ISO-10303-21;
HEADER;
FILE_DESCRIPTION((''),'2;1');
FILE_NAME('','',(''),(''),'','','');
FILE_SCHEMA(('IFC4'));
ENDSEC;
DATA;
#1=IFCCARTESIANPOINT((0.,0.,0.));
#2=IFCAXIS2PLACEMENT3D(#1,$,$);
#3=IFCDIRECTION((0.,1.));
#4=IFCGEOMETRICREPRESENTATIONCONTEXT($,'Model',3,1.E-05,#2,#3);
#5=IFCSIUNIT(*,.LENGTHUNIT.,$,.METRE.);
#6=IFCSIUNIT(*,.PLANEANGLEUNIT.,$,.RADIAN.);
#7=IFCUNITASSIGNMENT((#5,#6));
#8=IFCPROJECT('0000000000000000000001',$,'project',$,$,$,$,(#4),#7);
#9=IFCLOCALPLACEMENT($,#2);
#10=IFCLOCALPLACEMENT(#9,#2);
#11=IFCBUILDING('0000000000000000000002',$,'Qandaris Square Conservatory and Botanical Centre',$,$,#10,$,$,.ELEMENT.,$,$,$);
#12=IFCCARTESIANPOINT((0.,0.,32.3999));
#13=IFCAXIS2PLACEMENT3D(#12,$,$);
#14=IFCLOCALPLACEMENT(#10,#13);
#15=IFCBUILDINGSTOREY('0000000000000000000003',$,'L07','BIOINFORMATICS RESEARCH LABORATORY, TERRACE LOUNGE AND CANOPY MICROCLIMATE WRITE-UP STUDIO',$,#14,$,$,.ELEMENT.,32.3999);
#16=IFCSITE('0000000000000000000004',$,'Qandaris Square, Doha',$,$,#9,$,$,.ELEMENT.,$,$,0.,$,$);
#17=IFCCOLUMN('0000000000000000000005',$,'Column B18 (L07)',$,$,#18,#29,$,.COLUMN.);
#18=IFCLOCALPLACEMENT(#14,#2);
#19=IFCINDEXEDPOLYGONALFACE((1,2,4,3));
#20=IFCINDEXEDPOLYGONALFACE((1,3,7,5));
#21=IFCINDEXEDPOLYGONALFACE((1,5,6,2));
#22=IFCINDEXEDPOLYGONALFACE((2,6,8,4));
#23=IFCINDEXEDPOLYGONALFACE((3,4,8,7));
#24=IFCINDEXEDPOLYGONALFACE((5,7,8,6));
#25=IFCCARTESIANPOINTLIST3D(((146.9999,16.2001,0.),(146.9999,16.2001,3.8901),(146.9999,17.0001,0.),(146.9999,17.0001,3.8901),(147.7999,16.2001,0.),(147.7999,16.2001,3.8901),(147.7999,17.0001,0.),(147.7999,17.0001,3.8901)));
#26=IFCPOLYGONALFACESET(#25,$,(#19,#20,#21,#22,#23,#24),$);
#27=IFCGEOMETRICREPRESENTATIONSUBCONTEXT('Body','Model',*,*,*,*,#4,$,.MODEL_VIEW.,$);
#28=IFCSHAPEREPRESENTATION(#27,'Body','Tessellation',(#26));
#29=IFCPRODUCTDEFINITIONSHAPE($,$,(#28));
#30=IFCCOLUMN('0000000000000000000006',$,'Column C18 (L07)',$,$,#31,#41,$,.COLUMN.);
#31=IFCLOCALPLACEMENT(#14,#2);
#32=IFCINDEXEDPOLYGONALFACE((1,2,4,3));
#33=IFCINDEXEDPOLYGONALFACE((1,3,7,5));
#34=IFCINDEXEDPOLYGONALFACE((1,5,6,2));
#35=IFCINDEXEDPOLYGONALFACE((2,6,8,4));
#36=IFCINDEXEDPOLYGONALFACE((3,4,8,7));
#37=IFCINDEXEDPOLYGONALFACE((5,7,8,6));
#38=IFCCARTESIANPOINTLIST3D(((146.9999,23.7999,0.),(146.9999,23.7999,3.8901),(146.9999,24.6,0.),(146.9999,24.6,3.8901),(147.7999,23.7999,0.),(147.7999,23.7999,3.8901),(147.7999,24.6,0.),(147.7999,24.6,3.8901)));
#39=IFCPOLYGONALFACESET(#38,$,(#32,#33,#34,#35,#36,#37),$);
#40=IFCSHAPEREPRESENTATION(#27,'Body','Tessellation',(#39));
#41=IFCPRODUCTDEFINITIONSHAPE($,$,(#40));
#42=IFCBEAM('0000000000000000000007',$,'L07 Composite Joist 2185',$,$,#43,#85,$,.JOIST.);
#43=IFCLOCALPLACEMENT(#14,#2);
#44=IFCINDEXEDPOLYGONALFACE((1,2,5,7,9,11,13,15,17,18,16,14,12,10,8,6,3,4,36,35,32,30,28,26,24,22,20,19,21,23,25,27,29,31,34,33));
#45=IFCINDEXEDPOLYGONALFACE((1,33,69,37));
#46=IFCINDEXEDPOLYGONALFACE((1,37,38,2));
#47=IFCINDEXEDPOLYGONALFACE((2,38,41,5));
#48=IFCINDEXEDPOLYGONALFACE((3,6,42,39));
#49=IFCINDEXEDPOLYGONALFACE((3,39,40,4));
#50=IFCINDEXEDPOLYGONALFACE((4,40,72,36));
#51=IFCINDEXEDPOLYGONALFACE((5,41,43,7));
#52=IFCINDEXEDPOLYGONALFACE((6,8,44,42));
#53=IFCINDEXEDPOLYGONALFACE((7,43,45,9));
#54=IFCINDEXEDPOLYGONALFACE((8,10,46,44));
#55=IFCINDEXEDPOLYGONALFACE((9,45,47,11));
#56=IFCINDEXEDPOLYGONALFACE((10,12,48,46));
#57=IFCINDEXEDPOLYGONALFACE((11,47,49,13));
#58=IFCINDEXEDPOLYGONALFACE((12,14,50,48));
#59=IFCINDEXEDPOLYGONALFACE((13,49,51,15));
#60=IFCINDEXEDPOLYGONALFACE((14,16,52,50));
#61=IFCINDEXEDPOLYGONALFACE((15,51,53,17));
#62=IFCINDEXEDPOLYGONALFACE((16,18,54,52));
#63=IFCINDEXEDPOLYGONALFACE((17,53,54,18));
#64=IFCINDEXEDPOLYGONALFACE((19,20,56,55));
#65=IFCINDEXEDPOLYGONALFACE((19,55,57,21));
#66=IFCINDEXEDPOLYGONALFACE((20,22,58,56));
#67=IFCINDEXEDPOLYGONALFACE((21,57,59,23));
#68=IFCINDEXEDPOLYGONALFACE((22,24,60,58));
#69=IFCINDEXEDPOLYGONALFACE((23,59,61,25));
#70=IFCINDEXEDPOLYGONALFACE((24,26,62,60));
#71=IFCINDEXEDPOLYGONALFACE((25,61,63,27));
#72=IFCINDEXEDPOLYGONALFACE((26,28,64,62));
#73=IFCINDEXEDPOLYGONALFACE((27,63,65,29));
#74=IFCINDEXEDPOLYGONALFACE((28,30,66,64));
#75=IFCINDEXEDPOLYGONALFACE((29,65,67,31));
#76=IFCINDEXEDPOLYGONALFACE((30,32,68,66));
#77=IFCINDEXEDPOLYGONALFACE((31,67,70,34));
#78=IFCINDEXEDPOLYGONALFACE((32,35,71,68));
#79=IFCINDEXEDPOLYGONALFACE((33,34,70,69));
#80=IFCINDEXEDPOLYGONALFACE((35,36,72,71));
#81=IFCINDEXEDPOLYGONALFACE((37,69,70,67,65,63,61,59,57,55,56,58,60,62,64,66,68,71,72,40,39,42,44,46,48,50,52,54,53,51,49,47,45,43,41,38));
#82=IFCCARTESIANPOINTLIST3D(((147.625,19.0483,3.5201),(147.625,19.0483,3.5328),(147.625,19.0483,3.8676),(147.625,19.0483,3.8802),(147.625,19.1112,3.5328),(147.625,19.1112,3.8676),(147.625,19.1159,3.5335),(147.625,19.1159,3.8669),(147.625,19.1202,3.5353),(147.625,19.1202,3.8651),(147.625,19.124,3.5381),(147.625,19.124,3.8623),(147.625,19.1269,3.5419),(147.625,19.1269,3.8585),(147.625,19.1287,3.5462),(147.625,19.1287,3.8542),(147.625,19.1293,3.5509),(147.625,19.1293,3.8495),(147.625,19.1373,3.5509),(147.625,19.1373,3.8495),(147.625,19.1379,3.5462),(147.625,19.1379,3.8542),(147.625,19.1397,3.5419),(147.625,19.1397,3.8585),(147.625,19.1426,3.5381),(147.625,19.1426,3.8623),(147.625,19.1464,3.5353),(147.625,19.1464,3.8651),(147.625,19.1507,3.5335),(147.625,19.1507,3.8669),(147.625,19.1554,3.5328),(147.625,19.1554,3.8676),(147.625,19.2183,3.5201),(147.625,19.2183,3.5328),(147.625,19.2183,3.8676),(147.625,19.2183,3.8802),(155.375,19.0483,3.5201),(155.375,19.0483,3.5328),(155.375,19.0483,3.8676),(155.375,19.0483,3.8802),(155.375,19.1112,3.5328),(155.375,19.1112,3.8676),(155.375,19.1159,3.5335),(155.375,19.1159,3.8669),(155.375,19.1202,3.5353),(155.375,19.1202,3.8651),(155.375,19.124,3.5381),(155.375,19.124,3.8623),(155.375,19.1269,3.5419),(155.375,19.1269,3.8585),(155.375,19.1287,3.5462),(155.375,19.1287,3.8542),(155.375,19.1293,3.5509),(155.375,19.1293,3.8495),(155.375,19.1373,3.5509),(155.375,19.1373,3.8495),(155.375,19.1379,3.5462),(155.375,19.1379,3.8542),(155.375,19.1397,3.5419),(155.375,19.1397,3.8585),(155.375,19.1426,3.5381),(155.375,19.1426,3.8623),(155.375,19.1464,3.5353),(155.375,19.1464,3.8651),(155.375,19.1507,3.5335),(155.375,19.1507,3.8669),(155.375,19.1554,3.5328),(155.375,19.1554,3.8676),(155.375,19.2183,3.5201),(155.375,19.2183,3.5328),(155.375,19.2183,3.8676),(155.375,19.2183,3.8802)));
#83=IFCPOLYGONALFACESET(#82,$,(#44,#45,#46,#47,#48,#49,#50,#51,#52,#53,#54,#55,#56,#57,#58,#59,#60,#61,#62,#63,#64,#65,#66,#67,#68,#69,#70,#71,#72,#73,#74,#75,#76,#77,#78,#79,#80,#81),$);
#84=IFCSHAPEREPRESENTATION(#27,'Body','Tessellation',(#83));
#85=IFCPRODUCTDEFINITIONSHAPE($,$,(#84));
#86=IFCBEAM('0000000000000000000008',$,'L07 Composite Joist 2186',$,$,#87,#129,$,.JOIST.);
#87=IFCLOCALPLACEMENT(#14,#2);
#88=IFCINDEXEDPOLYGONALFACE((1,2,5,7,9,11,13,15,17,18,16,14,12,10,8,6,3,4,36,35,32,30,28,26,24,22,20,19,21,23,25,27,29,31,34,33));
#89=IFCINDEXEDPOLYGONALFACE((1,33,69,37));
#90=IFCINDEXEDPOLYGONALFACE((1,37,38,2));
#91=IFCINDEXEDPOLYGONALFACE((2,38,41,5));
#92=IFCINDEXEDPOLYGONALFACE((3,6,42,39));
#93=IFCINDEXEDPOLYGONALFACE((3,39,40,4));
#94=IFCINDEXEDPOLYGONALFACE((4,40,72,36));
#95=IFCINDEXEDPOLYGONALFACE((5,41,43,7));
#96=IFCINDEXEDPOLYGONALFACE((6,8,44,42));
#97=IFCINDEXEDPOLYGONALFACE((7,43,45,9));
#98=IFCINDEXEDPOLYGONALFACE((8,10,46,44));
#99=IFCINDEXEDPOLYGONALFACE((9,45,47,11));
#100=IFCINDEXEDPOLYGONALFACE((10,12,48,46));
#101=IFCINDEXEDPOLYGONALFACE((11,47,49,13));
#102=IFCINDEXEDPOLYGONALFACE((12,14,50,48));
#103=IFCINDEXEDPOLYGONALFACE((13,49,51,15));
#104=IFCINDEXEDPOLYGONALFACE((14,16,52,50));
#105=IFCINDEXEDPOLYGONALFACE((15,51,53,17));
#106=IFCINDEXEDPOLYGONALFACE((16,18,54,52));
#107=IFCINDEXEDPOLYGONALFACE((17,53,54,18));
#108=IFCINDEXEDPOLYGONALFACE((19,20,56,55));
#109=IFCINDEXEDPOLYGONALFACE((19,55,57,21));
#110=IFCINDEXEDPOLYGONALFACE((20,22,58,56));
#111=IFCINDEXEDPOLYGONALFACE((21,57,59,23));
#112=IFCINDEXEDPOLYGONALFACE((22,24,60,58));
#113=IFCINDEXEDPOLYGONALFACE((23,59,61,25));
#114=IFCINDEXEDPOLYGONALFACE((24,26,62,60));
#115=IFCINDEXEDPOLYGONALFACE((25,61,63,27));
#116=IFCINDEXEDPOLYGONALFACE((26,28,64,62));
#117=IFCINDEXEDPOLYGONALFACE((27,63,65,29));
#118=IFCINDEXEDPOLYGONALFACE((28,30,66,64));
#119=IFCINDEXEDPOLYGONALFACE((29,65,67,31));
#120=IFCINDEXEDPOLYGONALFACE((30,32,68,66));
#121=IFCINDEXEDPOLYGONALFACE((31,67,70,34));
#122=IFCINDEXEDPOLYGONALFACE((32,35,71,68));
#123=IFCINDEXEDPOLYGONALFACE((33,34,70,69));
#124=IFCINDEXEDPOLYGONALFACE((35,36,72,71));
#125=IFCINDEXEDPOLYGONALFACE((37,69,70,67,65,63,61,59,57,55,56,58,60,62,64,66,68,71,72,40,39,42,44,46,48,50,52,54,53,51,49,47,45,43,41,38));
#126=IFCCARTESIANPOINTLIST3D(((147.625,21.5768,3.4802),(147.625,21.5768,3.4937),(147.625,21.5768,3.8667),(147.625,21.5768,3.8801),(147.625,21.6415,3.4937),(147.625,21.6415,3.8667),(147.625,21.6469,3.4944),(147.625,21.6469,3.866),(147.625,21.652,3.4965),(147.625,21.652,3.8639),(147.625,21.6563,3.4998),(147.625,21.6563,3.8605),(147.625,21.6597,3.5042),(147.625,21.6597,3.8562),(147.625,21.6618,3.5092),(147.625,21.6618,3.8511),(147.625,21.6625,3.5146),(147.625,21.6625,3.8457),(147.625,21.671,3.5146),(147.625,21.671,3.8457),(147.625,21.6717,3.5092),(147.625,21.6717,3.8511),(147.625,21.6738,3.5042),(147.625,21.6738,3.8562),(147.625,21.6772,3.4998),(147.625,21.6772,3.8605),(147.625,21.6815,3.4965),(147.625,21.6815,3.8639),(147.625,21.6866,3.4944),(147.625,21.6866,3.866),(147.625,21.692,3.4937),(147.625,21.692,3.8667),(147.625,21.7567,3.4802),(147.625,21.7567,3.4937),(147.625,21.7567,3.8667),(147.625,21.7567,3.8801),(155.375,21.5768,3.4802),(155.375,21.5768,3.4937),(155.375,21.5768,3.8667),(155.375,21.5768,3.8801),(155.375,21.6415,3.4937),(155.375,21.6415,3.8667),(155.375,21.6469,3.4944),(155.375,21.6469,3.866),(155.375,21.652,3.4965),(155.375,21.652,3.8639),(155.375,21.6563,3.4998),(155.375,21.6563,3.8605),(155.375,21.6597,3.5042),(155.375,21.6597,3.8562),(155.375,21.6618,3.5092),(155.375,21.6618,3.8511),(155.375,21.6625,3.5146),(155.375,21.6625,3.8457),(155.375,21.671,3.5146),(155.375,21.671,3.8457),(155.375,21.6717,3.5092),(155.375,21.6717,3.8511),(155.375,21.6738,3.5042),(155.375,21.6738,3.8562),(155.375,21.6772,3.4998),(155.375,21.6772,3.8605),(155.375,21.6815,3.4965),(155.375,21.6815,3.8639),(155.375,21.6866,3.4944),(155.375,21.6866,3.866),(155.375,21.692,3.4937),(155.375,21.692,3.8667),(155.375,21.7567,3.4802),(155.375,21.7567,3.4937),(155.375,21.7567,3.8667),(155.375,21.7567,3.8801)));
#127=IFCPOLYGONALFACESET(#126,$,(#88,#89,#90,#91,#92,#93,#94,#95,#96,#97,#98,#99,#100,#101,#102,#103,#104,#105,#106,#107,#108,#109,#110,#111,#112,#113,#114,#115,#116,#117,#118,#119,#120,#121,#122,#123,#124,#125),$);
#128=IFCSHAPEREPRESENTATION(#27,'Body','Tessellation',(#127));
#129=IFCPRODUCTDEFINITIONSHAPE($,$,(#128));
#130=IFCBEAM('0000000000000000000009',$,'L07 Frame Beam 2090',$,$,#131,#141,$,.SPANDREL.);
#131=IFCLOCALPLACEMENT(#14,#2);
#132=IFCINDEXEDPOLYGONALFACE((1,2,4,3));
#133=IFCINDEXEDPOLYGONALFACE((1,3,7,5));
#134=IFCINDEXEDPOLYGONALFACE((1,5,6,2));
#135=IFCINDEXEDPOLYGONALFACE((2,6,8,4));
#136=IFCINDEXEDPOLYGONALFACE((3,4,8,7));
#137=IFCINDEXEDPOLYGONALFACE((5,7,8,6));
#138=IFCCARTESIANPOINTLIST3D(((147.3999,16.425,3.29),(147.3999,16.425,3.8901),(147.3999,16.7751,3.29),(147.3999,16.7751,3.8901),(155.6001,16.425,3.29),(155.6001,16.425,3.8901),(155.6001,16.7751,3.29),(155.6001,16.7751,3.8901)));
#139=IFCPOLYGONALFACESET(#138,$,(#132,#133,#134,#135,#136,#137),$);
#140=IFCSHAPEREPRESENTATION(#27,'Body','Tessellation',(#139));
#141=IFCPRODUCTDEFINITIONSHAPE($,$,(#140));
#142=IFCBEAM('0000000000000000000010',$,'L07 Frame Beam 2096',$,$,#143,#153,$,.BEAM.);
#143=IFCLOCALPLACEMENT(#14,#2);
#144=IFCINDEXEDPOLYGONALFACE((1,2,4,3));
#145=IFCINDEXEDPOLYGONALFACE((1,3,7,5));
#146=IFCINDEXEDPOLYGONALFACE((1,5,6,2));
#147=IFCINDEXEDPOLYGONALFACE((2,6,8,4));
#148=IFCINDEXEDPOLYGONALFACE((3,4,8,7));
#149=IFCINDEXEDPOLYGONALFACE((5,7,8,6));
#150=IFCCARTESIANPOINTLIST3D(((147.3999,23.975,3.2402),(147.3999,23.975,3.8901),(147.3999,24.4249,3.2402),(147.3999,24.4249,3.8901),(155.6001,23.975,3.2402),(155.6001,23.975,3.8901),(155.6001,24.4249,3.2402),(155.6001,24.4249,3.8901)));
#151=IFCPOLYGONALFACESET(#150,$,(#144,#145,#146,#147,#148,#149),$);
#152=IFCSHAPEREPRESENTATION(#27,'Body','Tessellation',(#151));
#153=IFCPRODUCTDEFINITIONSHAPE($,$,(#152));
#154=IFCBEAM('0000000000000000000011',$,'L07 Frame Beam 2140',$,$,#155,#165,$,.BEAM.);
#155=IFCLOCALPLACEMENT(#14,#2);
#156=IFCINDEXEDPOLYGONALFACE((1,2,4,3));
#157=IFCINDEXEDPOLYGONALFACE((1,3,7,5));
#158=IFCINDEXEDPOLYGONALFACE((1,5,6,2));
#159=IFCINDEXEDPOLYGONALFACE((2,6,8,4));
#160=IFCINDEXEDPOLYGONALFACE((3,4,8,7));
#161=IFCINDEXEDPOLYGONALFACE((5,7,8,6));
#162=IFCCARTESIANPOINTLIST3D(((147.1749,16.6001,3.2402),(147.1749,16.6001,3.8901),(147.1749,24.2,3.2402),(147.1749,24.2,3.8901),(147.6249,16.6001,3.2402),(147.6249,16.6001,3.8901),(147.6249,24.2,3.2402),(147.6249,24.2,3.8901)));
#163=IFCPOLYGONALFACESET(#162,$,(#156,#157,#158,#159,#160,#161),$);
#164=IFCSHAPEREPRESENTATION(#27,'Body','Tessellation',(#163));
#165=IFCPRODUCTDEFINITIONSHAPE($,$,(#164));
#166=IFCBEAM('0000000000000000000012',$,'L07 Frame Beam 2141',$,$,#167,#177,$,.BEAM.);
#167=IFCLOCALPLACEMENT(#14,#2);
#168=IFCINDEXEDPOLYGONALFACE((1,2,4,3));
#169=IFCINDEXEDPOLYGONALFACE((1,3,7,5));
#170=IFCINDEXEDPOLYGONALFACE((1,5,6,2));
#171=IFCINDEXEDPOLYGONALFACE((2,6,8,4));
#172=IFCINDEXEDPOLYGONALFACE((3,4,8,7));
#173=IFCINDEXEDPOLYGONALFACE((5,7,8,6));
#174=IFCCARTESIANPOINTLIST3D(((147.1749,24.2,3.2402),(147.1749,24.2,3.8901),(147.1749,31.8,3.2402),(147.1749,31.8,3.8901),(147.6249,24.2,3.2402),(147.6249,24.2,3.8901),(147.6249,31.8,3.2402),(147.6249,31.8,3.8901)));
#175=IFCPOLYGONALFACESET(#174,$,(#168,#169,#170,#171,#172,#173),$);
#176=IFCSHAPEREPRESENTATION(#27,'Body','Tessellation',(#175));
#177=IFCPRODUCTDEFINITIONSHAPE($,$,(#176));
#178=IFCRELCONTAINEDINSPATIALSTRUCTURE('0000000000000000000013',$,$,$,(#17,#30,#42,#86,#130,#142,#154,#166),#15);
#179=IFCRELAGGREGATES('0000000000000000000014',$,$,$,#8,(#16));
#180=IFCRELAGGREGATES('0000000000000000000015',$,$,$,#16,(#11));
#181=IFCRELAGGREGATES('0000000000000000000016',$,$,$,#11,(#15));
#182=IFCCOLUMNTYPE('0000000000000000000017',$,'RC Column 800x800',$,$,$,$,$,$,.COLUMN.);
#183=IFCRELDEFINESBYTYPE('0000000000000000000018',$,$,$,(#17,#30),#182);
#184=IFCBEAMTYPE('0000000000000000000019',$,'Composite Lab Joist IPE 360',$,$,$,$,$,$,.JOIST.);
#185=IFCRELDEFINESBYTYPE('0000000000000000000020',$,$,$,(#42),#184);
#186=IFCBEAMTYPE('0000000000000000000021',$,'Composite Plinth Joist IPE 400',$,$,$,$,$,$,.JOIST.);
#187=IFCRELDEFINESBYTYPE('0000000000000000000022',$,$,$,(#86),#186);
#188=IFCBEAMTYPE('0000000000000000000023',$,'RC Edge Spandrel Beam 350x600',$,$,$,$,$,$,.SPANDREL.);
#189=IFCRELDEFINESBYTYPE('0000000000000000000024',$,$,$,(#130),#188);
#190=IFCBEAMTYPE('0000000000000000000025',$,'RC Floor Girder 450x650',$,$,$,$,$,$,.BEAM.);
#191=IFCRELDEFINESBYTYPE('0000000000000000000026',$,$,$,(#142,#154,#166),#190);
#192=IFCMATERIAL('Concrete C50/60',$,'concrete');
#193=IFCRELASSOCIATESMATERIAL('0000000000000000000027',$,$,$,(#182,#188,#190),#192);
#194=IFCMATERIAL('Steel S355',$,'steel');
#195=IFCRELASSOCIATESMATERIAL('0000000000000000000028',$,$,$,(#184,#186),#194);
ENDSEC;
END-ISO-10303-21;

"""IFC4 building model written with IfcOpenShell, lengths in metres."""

from ifc_helpers import new_model, si_unit, direction, frame, origin, origin_2d, place, context, subcontext, project, spatial, rectangle, i_section, extrude, material, material_profile, profile_set, type_object, element, save


model = new_model("IFC4")

# Units and contexts
model_context = context("Model", 3, precision=1e-05, world=origin(), true_north=direction((0.0, 1.0)))
body_context = subcontext(model_context, "Body", "Model", "MODEL_VIEW")
ifc_project = project(units=[si_unit("LENGTHUNIT", "METRE"), si_unit("PLANEANGLEUNIT", "RADIAN")], contexts=[model_context])

# Site, building, storey
site_placement = place(None, origin())
site = spatial("IfcSite", under=ifc_project, at=site_placement, Name="Qandaris Square, Doha", CompositionType="ELEMENT", RefElevation=0.0)
building_placement = place(site_placement, origin())
building = spatial("IfcBuilding", under=site, at=building_placement, Name="Qandaris Square Conservatory and Botanical Centre", CompositionType="ELEMENT")
storey_placement = place(building_placement, frame((0.0, 0.0, 32.3999)))
storey = spatial("IfcBuildingStorey", under=building, at=storey_placement, Name="L07", Description="BIOINFORMATICS RESEARCH LABORATORY, TERRACE LOUNGE AND CANOPY MICROCLIMATE WRITE-UP STUDIO", CompositionType="ELEMENT", Elevation=32.3999)

# Columns
ifc_material_1 = material(Name="Concrete C50/60", Category="concrete")
ifc_material_profile_1 = material_profile(ifc_material_1, rectangle(XDim=0.8, YDim=0.8, at=origin_2d()), Name="RC-COL 800x800")
ifc_profile_set_1 = profile_set([ifc_material_profile_1], Name="Concrete C50/60")
column_type = type_object("IfcColumnType", Name="RC Column 800x800", PredefinedType="COLUMN", material=ifc_profile_set_1)
for number, where, z_axis, x_axis, name in (
    (1, (147.3999, 16.6001, 0.0), (0.0, 0.0, 1.0), (1.0, 0.0, 0.0), "Column B18 (L07)"),
    (2, (147.3999, 24.2, 0.0), (0.0, 0.0, 1.0), (1.0, 0.0, 0.0), "Column C18 (L07)"),
):
    element("IfcColumn", number, at=place(storey_placement, frame(where, z_axis=z_axis, x_axis=x_axis)), inside=storey, type_object=column_type, Name=name, PredefinedType="COLUMN", context=body_context, shape_type="SweptSolid", body=[
        extrude(rectangle(XDim=0.8, YDim=0.8, at=origin_2d()), origin(), (0.0, 0.0, 1.0), 3.8901),
    ])

# Beams
ifc_material_2 = material(Name="Steel S355", Category="steel")
ifc_material_profile_2 = material_profile(ifc_material_2, i_section(OverallWidth=0.1699, OverallDepth=0.3601, WebThickness=0.0081, FlangeThickness=0.0127, FilletRadius=0.0181, at=origin_2d()), Name="IPE 360")
ifc_profile_set_2 = profile_set([ifc_material_profile_2], Name="Steel S355")
beam_type_1 = type_object("IfcBeamType", Name="Composite Lab Joist IPE 360", PredefinedType="JOIST", material=ifc_profile_set_2)
beam_1_placement = place(storey_placement, frame((147.625, 19.1333, 3.7002), z_axis=(1.0, 0.0, 0.0), x_axis=(0.0, 1.0, 0.0)))
element("IfcBeam", 3, at=beam_1_placement, inside=storey, type_object=beam_type_1, Name="L07 Composite Joist 2185", PredefinedType="JOIST", context=body_context, shape_type="SweptSolid", body=[
    extrude(i_section(OverallWidth=0.1699, OverallDepth=0.3601, WebThickness=0.0081, FlangeThickness=0.0127, FilletRadius=0.0181, at=origin_2d()), origin(), (0.0, 0.0, 1.0), 7.75),
])
ifc_material_profile_3 = material_profile(ifc_material_2, i_section(OverallWidth=0.1799, OverallDepth=0.3999, WebThickness=0.0085, FlangeThickness=0.0134, FilletRadius=0.021, at=origin_2d()), Name="IPE 400")
ifc_profile_set_3 = profile_set([ifc_material_profile_3], Name="Steel S355")
beam_type_2 = type_object("IfcBeamType", Name="Composite Plinth Joist IPE 400", PredefinedType="JOIST", material=ifc_profile_set_3)
beam_2_placement = place(storey_placement, frame((147.625, 21.6667, 3.6802), z_axis=(1.0, 0.0, 0.0), x_axis=(0.0, 1.0, 0.0)))
element("IfcBeam", 4, at=beam_2_placement, inside=storey, type_object=beam_type_2, Name="L07 Composite Joist 2186", PredefinedType="JOIST", context=body_context, shape_type="SweptSolid", body=[
    extrude(i_section(OverallWidth=0.1799, OverallDepth=0.3999, WebThickness=0.0085, FlangeThickness=0.0134, FilletRadius=0.021, at=origin_2d()), origin(), (0.0, 0.0, 1.0), 7.75),
])
ifc_material_profile_4 = material_profile(ifc_material_1, rectangle(XDim=0.3501, YDim=0.6001, at=origin_2d()), Name="RC-SP 350x600")
ifc_profile_set_4 = profile_set([ifc_material_profile_4], Name="Concrete C50/60")
beam_type_3 = type_object("IfcBeamType", Name="RC Edge Spandrel Beam 350x600", PredefinedType="SPANDREL", material=ifc_profile_set_4)
beam_3_placement = place(storey_placement, frame((147.3999, 16.6001, 3.5901), z_axis=(1.0, 0.0, 0.0), x_axis=(0.0, 1.0, 0.0)))
element("IfcBeam", 5, at=beam_3_placement, inside=storey, type_object=beam_type_3, Name="L07 Frame Beam 2090", PredefinedType="SPANDREL", context=body_context, shape_type="SweptSolid", body=[
    extrude(rectangle(XDim=0.3501, YDim=0.6001, at=origin_2d()), origin(), (0.0, 0.0, 1.0), 8.2002),
])
ifc_material_profile_5 = material_profile(ifc_material_1, rectangle(XDim=0.45, YDim=0.6499, at=origin_2d()), Name="RC-BM 450x650")
ifc_profile_set_5 = profile_set([ifc_material_profile_5], Name="Concrete C50/60")
beam_type_4 = type_object("IfcBeamType", Name="RC Floor Girder 450x650", PredefinedType="BEAM", material=ifc_profile_set_5)
beam_4_placement = place(storey_placement, frame((147.3999, 24.2, 3.5652), z_axis=(1.0, 0.0, 0.0), x_axis=(0.0, 1.0, 0.0)))
element("IfcBeam", 6, at=beam_4_placement, inside=storey, type_object=beam_type_4, Name="L07 Frame Beam 2096", PredefinedType="BEAM", context=body_context, shape_type="SweptSolid", body=[
    extrude(rectangle(XDim=0.45, YDim=0.6499, at=origin_2d()), origin(), (0.0, 0.0, 1.0), 8.2002),
])
beam_5_placement = place(storey_placement, frame((147.3999, 16.6001, 3.5652), z_axis=(0.0, 1.0, 0.0), x_axis=(-1.0, 0.0, 0.0)))
element("IfcBeam", 7, at=beam_5_placement, inside=storey, type_object=beam_type_4, Name="L07 Frame Beam 2140", PredefinedType="BEAM", context=body_context, shape_type="SweptSolid", body=[
    extrude(rectangle(XDim=0.45, YDim=0.6499, at=origin_2d()), origin(), (0.0, 0.0, 1.0), 7.5999),
])
beam_6_placement = place(storey_placement, frame((147.3999, 24.2, 3.5652), z_axis=(0.0, 1.0, 0.0), x_axis=(-1.0, 0.0, 0.0)))
element("IfcBeam", 8, at=beam_6_placement, inside=storey, type_object=beam_type_4, Name="L07 Frame Beam 2141", PredefinedType="BEAM", context=body_context, shape_type="SweptSolid", body=[
    extrude(rectangle(XDim=0.45, YDim=0.6499, at=origin_2d()), origin(), (0.0, 0.0, 1.0), 7.6001),
])

save(model, "model.ifc")
